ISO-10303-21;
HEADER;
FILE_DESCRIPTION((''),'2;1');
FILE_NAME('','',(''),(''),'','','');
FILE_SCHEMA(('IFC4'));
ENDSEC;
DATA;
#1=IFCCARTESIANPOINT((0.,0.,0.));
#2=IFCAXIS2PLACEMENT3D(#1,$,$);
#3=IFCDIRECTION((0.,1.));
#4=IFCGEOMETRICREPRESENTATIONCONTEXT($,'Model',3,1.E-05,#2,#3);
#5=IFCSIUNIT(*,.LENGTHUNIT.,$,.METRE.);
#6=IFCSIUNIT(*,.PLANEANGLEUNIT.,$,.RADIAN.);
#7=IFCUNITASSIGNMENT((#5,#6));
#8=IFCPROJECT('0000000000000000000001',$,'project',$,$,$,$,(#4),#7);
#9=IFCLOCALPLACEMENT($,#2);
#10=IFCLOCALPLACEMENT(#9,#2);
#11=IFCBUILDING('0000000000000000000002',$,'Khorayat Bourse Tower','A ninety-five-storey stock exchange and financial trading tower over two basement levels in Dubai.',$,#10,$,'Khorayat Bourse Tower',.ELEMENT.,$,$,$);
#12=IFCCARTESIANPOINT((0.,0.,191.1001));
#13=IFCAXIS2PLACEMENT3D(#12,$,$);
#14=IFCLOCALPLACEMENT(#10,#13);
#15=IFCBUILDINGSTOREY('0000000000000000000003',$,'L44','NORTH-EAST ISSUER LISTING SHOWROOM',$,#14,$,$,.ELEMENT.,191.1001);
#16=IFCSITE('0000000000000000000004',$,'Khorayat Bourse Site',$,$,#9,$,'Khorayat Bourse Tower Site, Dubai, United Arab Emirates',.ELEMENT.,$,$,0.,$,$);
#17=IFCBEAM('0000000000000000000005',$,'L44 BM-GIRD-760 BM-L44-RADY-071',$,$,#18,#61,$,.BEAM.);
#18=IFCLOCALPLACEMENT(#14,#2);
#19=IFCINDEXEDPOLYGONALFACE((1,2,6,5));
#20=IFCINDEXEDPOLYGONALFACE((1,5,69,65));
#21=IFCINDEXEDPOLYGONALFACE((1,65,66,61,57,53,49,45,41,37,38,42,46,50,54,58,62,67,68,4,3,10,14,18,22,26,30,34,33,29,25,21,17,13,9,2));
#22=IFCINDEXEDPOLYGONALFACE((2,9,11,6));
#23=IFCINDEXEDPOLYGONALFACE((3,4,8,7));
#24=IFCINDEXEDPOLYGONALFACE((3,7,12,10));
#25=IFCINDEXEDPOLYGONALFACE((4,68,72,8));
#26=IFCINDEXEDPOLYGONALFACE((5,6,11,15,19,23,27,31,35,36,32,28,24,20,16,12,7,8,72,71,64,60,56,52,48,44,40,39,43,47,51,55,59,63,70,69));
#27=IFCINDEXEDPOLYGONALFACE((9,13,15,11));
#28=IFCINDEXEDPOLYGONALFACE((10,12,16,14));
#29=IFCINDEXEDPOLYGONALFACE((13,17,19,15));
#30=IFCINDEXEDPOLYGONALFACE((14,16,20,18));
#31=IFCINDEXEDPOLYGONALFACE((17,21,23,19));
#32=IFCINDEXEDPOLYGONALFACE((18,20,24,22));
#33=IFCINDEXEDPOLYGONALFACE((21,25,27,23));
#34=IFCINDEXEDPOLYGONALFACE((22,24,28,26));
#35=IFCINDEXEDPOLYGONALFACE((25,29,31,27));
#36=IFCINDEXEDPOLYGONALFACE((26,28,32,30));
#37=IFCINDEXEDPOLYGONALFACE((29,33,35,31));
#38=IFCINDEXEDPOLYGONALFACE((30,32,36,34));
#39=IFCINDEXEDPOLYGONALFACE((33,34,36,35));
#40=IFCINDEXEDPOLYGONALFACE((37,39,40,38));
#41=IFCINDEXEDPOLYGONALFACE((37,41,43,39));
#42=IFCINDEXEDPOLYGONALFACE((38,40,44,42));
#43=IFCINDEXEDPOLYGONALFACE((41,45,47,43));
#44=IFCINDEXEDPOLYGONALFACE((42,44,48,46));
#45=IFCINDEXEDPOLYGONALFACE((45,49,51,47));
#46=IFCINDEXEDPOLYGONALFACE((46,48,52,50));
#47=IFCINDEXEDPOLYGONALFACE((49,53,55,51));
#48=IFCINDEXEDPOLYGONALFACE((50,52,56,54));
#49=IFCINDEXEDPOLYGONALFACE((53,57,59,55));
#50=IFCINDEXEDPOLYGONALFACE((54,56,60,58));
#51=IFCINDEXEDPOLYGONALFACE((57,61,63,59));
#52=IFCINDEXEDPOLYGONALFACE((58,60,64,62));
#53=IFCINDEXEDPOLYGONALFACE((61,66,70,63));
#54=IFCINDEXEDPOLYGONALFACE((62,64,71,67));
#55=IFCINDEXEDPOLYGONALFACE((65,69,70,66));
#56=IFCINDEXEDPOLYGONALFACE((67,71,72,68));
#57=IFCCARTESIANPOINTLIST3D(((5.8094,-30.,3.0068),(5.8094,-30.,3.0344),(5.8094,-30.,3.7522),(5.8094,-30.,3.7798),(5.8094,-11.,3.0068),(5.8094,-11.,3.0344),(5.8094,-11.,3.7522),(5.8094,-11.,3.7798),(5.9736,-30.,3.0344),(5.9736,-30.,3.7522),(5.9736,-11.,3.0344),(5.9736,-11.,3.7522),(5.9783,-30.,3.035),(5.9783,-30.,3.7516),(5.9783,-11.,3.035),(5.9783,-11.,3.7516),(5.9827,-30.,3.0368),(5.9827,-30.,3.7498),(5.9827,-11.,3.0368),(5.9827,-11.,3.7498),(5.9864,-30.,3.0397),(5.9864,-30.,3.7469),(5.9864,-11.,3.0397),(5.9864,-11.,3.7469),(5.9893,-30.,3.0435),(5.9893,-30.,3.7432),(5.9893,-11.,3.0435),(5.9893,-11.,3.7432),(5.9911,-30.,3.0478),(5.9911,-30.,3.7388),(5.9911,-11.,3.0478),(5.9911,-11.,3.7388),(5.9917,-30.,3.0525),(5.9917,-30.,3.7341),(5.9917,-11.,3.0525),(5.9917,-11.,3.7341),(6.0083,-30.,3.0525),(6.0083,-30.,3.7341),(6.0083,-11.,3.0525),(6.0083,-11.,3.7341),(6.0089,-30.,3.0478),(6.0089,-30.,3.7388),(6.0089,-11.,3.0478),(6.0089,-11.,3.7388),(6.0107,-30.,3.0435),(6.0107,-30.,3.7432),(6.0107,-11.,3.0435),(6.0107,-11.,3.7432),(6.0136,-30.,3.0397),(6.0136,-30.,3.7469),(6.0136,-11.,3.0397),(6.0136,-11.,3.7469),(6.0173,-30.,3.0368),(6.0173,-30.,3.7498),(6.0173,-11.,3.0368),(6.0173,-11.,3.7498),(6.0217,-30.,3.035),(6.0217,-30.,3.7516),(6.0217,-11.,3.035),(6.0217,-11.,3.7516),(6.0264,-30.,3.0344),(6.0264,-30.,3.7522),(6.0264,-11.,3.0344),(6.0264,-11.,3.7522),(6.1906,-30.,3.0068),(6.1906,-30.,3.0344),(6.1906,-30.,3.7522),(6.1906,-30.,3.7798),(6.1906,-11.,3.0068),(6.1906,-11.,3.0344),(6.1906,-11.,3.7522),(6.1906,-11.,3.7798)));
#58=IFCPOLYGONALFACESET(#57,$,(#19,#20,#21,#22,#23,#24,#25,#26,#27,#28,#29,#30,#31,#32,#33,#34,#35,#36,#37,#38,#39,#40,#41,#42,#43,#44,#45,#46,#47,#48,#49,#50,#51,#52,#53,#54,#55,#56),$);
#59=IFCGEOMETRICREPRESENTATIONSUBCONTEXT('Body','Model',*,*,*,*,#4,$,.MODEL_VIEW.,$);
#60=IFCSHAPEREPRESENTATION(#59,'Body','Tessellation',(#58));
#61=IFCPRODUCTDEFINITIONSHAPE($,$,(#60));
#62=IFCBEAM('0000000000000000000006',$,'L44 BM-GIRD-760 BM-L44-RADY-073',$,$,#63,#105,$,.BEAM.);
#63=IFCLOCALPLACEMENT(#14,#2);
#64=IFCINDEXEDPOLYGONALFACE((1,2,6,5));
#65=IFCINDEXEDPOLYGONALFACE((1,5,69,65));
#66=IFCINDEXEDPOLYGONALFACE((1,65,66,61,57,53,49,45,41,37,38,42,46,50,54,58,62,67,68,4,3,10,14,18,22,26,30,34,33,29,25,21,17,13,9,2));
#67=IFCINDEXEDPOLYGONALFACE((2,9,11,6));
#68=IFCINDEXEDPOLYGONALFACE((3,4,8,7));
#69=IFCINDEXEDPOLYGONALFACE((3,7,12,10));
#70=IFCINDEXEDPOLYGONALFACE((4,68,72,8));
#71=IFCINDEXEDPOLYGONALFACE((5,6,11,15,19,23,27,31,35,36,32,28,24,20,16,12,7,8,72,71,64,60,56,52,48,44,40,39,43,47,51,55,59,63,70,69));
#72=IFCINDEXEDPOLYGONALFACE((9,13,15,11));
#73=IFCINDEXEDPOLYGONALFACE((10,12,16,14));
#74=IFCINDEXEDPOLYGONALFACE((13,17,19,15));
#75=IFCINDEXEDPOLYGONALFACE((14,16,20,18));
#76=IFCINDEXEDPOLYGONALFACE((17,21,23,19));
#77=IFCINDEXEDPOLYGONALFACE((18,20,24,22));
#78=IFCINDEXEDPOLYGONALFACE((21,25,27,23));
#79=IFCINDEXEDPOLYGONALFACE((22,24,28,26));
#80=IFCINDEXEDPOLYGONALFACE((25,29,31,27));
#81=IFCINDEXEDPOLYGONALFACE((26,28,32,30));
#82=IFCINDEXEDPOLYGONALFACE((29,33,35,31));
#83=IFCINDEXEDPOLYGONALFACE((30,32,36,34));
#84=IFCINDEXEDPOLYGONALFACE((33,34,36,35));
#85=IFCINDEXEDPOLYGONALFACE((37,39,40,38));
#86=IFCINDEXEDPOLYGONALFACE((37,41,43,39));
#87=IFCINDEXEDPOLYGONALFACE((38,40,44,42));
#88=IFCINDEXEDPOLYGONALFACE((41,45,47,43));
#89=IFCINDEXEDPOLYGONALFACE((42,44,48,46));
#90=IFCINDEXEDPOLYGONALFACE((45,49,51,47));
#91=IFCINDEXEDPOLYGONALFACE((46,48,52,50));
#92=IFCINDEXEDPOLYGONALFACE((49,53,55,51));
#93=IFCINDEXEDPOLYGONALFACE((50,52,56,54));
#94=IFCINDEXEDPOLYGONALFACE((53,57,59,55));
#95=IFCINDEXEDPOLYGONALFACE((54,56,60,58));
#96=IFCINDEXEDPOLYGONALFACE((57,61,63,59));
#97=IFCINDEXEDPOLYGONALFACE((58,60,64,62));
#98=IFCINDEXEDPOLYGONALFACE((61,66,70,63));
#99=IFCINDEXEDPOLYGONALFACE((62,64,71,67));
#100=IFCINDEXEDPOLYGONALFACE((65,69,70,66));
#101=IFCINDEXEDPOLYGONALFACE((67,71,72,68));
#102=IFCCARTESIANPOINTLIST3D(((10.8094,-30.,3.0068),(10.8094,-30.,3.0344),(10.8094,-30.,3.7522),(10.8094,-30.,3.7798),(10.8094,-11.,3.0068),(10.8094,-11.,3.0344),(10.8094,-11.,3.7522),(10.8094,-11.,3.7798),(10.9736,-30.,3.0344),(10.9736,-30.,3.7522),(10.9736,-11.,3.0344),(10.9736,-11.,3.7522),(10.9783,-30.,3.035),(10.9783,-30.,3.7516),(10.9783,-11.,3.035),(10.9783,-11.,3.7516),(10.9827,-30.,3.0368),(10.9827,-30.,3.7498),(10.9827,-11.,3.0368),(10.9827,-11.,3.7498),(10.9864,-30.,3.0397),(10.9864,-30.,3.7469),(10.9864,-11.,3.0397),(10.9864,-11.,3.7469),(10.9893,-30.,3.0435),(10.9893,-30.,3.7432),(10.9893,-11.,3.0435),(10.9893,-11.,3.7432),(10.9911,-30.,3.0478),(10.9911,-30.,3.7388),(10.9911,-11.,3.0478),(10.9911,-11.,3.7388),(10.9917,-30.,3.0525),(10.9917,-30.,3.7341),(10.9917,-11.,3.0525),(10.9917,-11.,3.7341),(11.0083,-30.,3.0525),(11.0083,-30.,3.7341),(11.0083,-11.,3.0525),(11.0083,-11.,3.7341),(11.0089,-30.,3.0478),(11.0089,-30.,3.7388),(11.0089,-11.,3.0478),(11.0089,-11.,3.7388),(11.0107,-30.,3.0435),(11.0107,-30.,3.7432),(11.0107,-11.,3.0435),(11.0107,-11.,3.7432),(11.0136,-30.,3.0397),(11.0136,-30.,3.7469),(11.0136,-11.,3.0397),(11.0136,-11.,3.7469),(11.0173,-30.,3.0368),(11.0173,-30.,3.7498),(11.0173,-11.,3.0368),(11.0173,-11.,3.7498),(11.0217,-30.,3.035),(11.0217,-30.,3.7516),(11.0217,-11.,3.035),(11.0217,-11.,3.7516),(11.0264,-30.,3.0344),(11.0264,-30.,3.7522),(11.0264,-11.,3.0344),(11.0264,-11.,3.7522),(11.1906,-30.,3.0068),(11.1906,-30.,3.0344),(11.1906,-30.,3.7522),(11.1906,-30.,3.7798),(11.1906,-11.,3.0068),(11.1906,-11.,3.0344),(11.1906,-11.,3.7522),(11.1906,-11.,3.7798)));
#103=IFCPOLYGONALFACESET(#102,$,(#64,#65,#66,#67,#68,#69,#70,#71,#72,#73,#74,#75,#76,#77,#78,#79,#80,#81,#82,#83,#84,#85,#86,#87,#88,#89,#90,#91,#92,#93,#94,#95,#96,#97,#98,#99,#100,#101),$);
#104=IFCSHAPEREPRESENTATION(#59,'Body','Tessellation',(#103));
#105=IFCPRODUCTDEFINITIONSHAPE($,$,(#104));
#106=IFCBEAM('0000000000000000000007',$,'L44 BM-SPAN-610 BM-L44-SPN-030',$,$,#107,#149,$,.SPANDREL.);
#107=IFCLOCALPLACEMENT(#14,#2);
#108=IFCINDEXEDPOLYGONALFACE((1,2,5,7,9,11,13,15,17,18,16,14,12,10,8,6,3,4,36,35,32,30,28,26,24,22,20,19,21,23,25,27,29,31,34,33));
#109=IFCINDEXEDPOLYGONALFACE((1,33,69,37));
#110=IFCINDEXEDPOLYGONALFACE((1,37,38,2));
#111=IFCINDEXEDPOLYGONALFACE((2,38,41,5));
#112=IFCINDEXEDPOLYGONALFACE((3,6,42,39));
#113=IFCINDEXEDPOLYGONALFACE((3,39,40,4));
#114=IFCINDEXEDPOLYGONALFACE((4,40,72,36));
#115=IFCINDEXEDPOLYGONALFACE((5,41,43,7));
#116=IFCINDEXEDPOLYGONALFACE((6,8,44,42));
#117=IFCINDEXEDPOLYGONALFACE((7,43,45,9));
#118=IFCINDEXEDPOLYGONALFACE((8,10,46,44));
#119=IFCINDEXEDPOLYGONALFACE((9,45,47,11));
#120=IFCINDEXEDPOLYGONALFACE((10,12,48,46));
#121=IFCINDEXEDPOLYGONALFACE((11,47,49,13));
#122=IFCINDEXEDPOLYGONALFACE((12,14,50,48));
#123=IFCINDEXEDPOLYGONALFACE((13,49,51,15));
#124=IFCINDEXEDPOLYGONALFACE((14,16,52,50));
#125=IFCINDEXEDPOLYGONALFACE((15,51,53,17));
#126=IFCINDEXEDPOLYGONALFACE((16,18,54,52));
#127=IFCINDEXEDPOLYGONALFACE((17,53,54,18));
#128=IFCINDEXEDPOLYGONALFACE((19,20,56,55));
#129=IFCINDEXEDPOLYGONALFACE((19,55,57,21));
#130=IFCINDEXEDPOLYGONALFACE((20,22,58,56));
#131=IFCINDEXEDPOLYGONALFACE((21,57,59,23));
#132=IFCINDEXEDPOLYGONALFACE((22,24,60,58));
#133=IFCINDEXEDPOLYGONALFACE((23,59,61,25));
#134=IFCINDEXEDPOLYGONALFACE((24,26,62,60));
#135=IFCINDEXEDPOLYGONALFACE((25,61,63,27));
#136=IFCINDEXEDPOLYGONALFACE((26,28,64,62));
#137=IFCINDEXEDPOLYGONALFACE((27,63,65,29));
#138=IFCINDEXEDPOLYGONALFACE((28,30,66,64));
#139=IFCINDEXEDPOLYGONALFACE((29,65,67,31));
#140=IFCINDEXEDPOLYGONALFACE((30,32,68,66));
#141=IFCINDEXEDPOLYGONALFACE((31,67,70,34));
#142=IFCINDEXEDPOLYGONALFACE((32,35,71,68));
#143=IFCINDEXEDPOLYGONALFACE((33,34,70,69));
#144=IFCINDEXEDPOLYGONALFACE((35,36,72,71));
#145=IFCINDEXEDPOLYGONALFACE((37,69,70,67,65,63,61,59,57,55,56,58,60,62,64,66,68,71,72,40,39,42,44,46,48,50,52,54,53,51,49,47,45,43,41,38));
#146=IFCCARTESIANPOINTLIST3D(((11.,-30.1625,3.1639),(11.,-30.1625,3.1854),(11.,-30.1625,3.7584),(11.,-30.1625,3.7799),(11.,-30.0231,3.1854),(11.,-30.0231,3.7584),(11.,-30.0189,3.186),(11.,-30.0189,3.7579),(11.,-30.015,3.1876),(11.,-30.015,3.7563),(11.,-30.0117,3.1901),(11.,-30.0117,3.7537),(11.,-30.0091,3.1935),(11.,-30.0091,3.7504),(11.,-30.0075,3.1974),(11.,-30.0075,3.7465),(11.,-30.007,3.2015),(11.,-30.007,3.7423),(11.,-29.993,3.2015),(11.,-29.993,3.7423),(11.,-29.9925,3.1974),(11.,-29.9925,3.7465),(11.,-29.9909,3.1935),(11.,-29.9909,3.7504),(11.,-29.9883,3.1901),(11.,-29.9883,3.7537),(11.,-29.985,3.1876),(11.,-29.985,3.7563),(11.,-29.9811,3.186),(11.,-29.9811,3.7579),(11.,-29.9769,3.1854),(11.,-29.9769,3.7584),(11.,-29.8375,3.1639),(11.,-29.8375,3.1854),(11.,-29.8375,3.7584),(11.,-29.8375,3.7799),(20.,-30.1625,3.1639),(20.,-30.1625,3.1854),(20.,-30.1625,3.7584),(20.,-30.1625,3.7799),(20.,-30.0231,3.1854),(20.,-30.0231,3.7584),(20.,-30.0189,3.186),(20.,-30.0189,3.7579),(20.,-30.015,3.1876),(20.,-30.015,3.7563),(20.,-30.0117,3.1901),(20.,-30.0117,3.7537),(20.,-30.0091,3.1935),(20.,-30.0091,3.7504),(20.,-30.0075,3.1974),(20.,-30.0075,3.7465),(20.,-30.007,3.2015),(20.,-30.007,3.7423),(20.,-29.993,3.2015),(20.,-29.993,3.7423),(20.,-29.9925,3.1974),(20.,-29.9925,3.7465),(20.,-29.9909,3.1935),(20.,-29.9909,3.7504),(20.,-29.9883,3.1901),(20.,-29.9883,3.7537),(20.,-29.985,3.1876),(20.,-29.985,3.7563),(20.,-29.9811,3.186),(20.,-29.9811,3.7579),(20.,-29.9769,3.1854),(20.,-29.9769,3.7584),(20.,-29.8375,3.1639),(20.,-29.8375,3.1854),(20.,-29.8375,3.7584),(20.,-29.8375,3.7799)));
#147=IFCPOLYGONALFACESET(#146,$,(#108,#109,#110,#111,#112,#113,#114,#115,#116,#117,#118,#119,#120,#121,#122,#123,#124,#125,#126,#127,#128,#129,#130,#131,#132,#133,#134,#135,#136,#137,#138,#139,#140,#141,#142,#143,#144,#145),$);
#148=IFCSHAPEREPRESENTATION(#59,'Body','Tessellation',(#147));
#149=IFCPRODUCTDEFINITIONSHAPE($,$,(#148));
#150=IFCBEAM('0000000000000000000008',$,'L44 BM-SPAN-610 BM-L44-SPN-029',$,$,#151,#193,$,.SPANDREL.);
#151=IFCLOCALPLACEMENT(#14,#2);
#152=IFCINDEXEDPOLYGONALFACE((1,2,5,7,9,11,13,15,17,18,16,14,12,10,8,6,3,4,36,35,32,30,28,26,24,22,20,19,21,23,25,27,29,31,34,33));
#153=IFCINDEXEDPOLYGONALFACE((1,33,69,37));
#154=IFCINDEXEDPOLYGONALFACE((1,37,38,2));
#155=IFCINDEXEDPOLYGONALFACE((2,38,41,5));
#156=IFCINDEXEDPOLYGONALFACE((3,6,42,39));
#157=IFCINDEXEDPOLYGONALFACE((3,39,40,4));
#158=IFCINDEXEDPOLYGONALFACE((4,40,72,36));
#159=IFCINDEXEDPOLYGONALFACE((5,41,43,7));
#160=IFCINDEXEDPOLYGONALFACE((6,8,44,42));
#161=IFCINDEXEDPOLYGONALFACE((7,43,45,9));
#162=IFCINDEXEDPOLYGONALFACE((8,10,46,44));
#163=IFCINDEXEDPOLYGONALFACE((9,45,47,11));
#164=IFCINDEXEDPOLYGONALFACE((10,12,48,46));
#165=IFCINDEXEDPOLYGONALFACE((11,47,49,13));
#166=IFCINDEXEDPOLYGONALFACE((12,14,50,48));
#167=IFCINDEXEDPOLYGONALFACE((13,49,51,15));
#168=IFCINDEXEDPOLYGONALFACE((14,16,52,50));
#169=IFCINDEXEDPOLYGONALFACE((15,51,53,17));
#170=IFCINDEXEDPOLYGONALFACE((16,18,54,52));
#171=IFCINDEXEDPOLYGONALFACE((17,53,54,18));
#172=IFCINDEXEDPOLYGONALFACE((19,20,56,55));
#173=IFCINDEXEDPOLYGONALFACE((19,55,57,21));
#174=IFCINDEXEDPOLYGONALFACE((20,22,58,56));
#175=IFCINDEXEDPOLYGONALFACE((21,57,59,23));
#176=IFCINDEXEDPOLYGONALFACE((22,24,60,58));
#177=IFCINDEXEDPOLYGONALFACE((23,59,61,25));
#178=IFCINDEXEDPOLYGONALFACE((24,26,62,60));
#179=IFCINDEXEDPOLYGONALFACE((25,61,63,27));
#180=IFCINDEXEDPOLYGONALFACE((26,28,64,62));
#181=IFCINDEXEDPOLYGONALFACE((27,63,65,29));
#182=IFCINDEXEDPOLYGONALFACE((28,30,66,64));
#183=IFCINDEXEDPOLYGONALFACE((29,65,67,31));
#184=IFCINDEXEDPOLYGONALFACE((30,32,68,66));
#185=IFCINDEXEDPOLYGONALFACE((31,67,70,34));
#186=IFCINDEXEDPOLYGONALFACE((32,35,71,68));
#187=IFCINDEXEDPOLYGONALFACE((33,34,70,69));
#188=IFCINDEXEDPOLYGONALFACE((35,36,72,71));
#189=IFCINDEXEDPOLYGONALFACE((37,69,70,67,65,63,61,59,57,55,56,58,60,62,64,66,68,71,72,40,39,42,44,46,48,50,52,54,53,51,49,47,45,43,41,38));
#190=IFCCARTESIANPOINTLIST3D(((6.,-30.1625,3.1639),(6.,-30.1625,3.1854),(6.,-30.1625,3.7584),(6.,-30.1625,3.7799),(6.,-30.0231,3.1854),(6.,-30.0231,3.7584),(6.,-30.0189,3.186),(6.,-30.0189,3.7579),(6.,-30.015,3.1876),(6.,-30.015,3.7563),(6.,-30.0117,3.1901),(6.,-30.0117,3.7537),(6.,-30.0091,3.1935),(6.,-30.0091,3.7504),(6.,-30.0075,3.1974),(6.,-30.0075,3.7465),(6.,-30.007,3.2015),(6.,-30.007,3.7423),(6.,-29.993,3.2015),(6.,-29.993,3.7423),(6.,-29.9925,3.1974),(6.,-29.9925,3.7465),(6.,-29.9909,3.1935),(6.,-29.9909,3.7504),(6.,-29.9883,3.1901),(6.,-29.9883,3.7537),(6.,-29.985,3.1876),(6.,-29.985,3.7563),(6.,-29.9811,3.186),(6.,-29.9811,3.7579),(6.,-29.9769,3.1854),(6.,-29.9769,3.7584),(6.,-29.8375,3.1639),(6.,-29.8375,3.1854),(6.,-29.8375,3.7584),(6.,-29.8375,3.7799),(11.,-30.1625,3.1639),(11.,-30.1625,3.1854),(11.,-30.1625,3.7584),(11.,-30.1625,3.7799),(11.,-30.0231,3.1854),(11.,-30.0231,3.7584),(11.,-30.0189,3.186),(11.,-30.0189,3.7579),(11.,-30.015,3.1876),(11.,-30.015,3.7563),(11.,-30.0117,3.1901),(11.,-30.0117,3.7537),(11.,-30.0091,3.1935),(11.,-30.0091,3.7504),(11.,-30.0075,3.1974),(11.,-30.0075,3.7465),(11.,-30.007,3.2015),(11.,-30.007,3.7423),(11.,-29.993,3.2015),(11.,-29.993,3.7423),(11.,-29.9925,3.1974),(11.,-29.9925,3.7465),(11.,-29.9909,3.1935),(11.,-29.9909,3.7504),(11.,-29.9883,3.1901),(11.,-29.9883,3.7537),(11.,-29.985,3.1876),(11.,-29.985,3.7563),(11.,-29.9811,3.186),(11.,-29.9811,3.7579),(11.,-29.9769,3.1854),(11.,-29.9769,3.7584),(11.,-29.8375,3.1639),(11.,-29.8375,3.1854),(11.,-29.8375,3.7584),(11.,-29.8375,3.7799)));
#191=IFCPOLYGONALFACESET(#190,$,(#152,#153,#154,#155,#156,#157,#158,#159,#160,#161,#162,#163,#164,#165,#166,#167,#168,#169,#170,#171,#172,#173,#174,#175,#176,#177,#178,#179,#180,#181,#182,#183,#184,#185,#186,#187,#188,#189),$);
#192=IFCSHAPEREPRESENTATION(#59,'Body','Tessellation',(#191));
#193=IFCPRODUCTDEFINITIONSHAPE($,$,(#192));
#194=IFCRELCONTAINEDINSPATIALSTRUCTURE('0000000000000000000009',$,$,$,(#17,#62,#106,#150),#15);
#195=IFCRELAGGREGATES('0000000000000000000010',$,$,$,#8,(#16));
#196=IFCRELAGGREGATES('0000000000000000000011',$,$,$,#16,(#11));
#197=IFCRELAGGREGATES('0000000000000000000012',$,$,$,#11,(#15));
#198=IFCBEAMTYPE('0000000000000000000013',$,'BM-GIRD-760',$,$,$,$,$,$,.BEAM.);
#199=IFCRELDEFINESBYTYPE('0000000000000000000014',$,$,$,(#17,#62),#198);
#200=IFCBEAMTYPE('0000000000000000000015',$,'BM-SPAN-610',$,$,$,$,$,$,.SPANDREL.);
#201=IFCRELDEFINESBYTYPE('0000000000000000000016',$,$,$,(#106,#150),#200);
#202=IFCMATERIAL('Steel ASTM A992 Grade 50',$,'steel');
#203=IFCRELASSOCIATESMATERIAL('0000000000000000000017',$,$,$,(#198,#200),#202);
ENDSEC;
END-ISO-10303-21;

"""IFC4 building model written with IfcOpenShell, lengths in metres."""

from ifc_helpers import new_model, si_unit, direction, frame, origin, origin_2d, place, context, subcontext, project, spatial, i_section, extrude, source, transform, mapped, material, material_profile, profile_set, type_object, element, save


model = new_model("IFC4")

# Units and contexts
model_context = context("Model", 3, precision=1e-05, world=origin(), true_north=direction((0.0, 1.0)))
body_context = subcontext(model_context, "Body", "Model", "MODEL_VIEW")
ifc_project = project(units=[si_unit("LENGTHUNIT", "METRE"), si_unit("PLANEANGLEUNIT", "RADIAN")], contexts=[model_context])

# Site, building, storey
site_placement = place(None, origin())
site = spatial("IfcSite", under=ifc_project, at=site_placement, Name="Khorayat Bourse Site", LongName="Khorayat Bourse Tower Site, Dubai, United Arab Emirates", CompositionType="ELEMENT", RefElevation=0.0)
building_placement = place(site_placement, origin())
building = spatial("IfcBuilding", under=site, at=building_placement, Name="Khorayat Bourse Tower", Description="A ninety-five-storey stock exchange and financial trading tower over two basement levels in Dubai.", LongName="Khorayat Bourse Tower", CompositionType="ELEMENT")
storey_placement = place(building_placement, frame((0.0, 0.0, 191.1001)))
storey = spatial("IfcBuildingStorey", under=building, at=storey_placement, Name="L44", Description="NORTH-EAST ISSUER LISTING SHOWROOM", CompositionType="ELEMENT", Elevation=191.1001)

# Beams
ifc_material_1 = material(Name="Steel ASTM A992 Grade 50", Category="steel")
ifc_material_profile_1 = material_profile(ifc_material_1, i_section(OverallWidth=0.3811, OverallDepth=0.7729, WebThickness=0.0166, FlangeThickness=0.0276, FilletRadius=0.0181, at=origin_2d()), Name="W760X257")
ifc_profile_set_1 = profile_set([ifc_material_profile_1], Name="Steel ASTM A992 Grade 50")
beam_type_1 = type_object("IfcBeamType", Name="BM-GIRD-760", PredefinedType="BEAM", material=ifc_profile_set_1)
shared_shape_1 = source(origin(), body_context, "Body", "SweptSolid", [
    extrude(i_section(OverallWidth=0.3811, OverallDepth=0.7729, WebThickness=0.0166, FlangeThickness=0.0276, FilletRadius=0.0181, at=origin_2d()), origin(), (0.0, 0.0, 1.0), 19.0),
])
for number, where, z_axis, x_axis, name in (
    (1, (6.0, -30.0, 3.3933), (0.0, 1.0, 0.0), (-1.0, 0.0, 0.0), "L44 BM-GIRD-760 BM-L44-RADY-071"),
    (2, (11.0, -30.0, 3.3933), (0.0, 1.0, 0.0), (-1.0, 0.0, 0.0), "L44 BM-GIRD-760 BM-L44-RADY-073"),
):
    element("IfcBeam", number, at=place(storey_placement, frame(where, z_axis=z_axis, x_axis=x_axis)), inside=storey, type_object=beam_type_1, Name=name, PredefinedType="BEAM", context=body_context, shape_type="MappedRepresentation", body=[
        mapped(shared_shape_1, transform((0.0, 0.0, 0.0), scale=1.0)),
    ])
ifc_material_profile_2 = material_profile(ifc_material_1, i_section(OverallWidth=0.325, OverallDepth=0.616, WebThickness=0.0139, FlangeThickness=0.0215, FilletRadius=0.0161, at=origin_2d()), Name="W610X174")
ifc_profile_set_2 = profile_set([ifc_material_profile_2], Name="Steel ASTM A992 Grade 50")
beam_type_2 = type_object("IfcBeamType", Name="BM-SPAN-610", PredefinedType="SPANDREL", material=ifc_profile_set_2)
shared_shape_2 = source(origin(), body_context, "Body", "SweptSolid", [
    extrude(i_section(OverallWidth=0.325, OverallDepth=0.616, WebThickness=0.0139, FlangeThickness=0.0215, FilletRadius=0.0161, at=origin_2d()), origin(), (0.0, 0.0, 1.0), 9.0),
])
beam_1_placement = place(storey_placement, frame((11.0, -30.0, 3.4719), z_axis=(1.0, 0.0, 0.0), x_axis=(0.0, 1.0, 0.0)))
element("IfcBeam", 3, at=beam_1_placement, inside=storey, type_object=beam_type_2, Name="L44 BM-SPAN-610 BM-L44-SPN-030", PredefinedType="SPANDREL", context=body_context, shape_type="MappedRepresentation", body=[
    mapped(shared_shape_2, transform((0.0, 0.0, 0.0), scale=1.0)),
])
shared_shape_3 = source(origin(), body_context, "Body", "SweptSolid", [
    extrude(i_section(OverallWidth=0.325, OverallDepth=0.616, WebThickness=0.0139, FlangeThickness=0.0215, FilletRadius=0.0161, at=origin_2d()), origin(), (0.0, 0.0, 1.0), 5.0),
])
beam_2_placement = place(storey_placement, frame((6.0, -30.0, 3.4719), z_axis=(1.0, 0.0, 0.0), x_axis=(0.0, 1.0, 0.0)))
element("IfcBeam", 4, at=beam_2_placement, inside=storey, type_object=beam_type_2, Name="L44 BM-SPAN-610 BM-L44-SPN-029", PredefinedType="SPANDREL", context=body_context, shape_type="MappedRepresentation", body=[
    mapped(shared_shape_3, transform((0.0, 0.0, 0.0), scale=1.0)),
])

save(model, "model.ifc")
